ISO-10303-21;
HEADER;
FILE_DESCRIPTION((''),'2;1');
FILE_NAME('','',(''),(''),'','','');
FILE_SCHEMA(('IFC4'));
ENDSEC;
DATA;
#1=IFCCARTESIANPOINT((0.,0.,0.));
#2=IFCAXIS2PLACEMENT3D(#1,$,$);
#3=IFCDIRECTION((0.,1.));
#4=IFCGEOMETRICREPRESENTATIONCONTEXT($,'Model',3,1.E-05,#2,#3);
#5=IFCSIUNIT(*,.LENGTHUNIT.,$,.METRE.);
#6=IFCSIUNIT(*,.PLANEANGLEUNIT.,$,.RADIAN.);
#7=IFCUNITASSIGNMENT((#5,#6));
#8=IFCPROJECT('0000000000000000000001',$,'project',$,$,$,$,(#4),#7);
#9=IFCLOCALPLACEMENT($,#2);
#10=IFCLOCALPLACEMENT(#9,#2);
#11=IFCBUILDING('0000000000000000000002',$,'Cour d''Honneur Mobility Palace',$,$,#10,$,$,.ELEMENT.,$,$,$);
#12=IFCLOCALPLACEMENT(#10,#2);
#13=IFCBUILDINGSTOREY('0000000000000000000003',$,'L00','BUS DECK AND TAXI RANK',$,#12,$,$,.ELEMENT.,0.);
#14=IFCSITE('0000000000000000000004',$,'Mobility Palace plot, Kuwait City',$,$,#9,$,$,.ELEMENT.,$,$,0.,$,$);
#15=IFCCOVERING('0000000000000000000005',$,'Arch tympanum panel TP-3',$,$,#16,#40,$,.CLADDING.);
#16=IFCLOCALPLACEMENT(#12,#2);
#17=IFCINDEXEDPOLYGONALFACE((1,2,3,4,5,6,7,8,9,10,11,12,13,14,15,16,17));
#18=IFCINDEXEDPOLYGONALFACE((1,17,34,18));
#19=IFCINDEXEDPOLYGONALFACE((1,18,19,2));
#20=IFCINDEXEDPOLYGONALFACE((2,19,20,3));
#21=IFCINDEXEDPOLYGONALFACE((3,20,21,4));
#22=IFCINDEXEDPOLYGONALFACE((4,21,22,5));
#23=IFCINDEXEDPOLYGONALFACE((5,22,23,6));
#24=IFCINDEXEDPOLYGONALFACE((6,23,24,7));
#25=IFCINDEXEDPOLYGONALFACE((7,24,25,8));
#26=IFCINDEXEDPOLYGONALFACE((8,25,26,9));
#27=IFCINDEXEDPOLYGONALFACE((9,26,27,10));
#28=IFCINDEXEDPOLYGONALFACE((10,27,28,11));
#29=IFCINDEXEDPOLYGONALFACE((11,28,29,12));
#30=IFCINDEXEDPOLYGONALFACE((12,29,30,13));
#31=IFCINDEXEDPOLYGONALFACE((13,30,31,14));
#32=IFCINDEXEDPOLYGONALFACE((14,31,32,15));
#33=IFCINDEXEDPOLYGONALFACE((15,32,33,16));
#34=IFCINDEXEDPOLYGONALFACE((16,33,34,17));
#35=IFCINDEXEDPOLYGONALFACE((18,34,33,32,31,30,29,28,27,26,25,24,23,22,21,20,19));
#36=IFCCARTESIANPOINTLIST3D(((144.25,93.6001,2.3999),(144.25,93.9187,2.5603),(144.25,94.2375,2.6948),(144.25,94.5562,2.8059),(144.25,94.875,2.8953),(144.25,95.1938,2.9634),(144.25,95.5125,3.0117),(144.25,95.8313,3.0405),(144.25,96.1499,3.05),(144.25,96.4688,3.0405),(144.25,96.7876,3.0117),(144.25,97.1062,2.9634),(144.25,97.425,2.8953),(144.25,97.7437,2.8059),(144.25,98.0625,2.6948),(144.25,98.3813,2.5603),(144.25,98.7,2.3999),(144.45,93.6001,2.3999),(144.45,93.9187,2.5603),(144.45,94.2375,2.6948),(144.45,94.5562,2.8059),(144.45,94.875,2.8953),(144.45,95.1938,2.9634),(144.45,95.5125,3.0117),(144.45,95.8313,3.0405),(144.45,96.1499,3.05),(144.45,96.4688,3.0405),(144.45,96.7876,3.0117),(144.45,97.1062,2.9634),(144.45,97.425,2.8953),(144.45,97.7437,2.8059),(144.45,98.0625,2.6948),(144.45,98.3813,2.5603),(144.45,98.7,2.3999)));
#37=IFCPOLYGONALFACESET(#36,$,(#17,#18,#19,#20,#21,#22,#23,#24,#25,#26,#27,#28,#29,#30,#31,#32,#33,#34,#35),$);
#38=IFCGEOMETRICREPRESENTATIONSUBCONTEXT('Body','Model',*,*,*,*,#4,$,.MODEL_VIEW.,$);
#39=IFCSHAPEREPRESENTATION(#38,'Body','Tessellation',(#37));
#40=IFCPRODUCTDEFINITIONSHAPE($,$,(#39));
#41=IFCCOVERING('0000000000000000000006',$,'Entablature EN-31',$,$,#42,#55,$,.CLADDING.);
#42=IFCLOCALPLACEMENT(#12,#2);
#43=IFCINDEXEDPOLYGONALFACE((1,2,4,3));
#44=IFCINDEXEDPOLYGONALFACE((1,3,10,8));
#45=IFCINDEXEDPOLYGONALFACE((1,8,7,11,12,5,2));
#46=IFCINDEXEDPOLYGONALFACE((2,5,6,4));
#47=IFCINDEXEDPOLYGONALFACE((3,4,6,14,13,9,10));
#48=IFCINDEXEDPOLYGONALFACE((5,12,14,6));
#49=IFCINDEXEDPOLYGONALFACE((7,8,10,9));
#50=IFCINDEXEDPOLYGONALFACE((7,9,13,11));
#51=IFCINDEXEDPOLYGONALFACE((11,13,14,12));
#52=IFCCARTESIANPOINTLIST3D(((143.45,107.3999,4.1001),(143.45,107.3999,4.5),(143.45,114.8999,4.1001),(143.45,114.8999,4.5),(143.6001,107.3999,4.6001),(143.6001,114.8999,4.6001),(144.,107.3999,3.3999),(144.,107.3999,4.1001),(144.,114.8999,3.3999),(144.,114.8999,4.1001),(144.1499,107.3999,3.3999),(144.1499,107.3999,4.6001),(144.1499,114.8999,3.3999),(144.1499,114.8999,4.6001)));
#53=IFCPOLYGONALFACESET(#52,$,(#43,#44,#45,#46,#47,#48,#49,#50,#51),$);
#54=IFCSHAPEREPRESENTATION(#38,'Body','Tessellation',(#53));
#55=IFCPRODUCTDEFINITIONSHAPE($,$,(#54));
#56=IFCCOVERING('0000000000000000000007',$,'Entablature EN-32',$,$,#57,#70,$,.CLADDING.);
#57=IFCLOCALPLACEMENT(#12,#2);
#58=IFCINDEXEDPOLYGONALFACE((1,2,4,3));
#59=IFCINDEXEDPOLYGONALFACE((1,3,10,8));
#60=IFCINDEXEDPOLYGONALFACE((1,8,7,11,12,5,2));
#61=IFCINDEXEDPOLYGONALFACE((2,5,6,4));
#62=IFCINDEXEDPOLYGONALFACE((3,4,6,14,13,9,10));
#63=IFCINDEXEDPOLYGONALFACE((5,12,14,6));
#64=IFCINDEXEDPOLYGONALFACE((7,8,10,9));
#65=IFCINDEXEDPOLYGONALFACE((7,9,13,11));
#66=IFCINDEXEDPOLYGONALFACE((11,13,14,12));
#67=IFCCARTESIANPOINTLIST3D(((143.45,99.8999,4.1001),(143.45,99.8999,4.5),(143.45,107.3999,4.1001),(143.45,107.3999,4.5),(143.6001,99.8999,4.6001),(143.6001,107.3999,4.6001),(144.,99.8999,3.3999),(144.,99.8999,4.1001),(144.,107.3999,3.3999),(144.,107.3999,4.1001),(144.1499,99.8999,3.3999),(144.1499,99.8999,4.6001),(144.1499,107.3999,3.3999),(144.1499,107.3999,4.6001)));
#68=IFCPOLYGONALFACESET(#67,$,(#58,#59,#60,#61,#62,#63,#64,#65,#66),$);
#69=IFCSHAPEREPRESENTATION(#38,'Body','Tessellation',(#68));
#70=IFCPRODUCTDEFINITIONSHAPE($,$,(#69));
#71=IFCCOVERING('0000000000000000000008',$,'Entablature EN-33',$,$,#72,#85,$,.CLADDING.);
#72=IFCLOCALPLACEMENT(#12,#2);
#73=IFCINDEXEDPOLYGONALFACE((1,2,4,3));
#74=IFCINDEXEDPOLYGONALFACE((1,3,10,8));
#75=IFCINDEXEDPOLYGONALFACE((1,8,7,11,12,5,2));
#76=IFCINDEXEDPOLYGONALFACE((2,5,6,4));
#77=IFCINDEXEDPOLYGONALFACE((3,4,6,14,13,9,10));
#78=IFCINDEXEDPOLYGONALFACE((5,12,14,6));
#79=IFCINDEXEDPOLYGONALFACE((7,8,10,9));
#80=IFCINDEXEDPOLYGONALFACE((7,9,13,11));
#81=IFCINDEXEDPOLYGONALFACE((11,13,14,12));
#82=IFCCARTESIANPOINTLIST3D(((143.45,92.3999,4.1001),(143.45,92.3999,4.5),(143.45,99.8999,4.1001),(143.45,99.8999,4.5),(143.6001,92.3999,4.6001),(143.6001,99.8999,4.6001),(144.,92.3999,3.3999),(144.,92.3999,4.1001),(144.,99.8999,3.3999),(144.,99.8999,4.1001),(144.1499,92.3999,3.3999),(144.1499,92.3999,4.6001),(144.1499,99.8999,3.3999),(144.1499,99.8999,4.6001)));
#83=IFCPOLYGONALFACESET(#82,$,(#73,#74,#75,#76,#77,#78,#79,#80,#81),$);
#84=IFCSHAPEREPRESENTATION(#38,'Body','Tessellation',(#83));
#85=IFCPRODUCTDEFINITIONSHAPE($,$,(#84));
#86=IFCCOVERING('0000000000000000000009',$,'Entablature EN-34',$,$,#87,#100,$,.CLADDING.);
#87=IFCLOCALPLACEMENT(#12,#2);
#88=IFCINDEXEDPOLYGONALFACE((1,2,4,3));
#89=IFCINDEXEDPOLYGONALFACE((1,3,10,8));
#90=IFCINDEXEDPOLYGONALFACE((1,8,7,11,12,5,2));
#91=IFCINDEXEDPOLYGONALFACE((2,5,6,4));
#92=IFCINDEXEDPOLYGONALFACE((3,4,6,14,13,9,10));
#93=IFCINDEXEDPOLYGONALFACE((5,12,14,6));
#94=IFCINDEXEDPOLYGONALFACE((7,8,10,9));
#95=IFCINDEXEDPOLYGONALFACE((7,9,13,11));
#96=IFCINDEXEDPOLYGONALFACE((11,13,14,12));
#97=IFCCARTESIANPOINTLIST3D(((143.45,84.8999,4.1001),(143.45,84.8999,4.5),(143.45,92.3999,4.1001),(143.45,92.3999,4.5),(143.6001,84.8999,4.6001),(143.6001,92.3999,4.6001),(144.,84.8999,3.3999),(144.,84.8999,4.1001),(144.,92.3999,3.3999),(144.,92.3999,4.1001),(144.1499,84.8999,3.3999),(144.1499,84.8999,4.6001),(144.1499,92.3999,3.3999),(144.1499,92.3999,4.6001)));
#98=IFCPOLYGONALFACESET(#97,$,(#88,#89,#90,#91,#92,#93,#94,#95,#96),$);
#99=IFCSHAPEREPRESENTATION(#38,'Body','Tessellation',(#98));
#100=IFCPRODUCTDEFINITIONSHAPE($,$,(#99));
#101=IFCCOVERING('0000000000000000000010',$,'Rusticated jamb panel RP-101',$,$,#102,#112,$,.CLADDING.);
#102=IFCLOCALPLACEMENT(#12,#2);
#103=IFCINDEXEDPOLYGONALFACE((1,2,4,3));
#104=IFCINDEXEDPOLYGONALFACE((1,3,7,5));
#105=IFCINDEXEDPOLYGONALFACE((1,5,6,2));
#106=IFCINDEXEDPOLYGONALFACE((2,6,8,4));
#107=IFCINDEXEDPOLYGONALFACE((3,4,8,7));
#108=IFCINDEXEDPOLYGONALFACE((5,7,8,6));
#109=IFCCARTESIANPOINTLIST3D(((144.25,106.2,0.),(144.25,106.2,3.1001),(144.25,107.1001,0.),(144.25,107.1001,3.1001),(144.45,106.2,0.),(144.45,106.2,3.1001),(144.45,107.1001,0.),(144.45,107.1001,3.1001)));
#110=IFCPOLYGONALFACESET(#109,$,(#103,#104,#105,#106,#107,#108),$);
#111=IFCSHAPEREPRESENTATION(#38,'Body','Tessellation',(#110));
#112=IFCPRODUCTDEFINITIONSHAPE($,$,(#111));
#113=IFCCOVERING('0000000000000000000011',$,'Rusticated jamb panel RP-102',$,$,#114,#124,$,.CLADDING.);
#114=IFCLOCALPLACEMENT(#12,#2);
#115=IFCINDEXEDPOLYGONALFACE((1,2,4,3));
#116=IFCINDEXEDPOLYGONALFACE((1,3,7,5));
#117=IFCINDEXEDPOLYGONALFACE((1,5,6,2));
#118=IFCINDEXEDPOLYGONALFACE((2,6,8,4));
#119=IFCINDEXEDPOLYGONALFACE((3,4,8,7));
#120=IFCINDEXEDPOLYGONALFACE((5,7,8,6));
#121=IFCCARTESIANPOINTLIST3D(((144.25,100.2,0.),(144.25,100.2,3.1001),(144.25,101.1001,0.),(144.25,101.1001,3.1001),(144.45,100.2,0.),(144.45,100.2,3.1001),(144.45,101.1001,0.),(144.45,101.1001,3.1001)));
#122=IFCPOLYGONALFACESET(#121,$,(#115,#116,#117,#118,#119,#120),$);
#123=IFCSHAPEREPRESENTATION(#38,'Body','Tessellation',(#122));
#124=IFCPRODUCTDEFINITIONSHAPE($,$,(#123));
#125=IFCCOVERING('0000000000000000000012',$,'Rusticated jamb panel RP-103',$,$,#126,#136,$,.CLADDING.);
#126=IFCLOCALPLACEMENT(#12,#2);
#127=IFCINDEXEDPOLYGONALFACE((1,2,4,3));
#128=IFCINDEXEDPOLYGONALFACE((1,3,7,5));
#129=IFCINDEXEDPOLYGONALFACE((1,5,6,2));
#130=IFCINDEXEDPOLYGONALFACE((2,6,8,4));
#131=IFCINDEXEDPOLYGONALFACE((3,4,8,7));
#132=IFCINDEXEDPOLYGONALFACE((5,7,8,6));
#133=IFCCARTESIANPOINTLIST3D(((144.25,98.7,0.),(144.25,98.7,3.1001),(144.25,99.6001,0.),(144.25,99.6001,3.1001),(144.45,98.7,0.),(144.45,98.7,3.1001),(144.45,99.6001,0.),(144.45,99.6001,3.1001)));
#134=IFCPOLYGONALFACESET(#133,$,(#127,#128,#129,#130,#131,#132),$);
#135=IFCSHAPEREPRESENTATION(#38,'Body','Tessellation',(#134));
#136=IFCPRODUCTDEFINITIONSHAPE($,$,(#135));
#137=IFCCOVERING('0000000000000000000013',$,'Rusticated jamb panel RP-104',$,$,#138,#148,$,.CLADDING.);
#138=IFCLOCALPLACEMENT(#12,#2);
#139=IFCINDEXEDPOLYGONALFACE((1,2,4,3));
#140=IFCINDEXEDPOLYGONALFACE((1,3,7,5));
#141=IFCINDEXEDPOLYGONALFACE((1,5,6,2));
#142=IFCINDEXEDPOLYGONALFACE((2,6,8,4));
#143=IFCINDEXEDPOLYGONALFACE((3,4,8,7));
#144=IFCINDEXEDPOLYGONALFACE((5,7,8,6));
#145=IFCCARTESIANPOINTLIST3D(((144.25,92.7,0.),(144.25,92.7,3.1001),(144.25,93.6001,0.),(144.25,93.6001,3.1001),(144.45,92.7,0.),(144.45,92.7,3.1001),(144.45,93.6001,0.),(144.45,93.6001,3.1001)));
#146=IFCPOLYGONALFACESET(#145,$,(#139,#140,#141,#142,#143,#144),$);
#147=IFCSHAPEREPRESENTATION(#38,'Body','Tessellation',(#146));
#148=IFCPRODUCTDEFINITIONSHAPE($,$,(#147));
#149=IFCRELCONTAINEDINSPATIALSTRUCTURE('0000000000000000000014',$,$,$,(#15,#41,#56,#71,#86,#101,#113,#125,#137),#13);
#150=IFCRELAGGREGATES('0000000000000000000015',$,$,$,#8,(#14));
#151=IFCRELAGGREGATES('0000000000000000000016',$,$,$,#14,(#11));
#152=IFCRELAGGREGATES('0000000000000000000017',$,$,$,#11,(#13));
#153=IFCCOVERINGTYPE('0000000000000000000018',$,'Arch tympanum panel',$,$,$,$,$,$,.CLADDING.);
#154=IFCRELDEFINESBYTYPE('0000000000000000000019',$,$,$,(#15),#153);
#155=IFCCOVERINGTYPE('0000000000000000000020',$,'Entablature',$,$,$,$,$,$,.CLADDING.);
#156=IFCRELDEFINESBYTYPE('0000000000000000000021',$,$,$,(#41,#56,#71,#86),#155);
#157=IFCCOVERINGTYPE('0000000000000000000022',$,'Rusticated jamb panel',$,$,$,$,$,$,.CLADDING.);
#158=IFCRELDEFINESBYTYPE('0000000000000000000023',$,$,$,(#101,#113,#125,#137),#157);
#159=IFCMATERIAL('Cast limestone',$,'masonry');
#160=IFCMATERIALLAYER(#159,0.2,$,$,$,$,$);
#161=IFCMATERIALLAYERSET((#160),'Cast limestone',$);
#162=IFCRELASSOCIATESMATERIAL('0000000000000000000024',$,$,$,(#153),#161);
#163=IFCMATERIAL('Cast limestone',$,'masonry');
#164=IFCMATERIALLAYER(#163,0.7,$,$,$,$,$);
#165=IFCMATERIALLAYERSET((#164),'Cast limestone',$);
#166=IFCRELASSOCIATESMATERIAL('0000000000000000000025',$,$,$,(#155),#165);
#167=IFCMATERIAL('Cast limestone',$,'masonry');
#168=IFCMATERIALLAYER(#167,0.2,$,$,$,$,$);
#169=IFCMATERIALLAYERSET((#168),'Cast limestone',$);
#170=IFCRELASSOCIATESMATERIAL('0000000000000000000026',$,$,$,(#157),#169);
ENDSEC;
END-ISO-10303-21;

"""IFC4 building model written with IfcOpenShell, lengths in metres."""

from ifc_helpers import new_model, si_unit, direction, frame, origin, place, context, subcontext, project, spatial, polyline, outline, extrude, material, layer, layer_set, type_object, element, save


model = new_model("IFC4")

# Units and contexts
model_context = context("Model", 3, precision=1e-05, world=origin(), true_north=direction((0.0, 1.0)))
body_context = subcontext(model_context, "Body", "Model", "MODEL_VIEW")
ifc_project = project(units=[si_unit("LENGTHUNIT", "METRE"), si_unit("PLANEANGLEUNIT", "RADIAN")], contexts=[model_context])

# Site, building, storey
site_placement = place(None, origin())
site = spatial("IfcSite", under=ifc_project, at=site_placement, Name="Mobility Palace plot, Kuwait City", CompositionType="ELEMENT", RefElevation=0.0)
building_placement = place(site_placement, origin())
building = spatial("IfcBuilding", under=site, at=building_placement, Name="Cour d'Honneur Mobility Palace", CompositionType="ELEMENT")
storey_placement = place(building_placement, origin())
storey = spatial("IfcBuildingStorey", under=building, at=storey_placement, Name="L00", Description="BUS DECK AND TAXI RANK", CompositionType="ELEMENT", Elevation=0.0)

# Coverings
ifc_material_1 = material(Name="Cast limestone", Category="masonry")
ifc_layer_1 = layer(ifc_material_1, 0.2)
ifc_layer_set_1 = layer_set([ifc_layer_1], Name="Cast limestone")
covering_type_1 = type_object("IfcCoveringType", Name="Arch tympanum panel", PredefinedType="CLADDING", material=ifc_layer_set_1)
for number, where, z_axis, x_axis, name in (
    (1, (144.25, 98.7, 2.3999), (-1.0, 0.0, 0.0), (0.0, -1.0, 0.0), "Arch tympanum panel TP-3"),
):
    element("IfcCovering", number, at=place(storey_placement, frame(where, z_axis=z_axis, x_axis=x_axis)), inside=storey, type_object=covering_type_1, Name=name, PredefinedType="CLADDING", context=body_context, shape_type="SweptSolid", body=[
        extrude(outline(polyline([(0.0, 0.0), (5.0999, 0.0), (5.0999, 0.0), (4.7812, 0.1604), (4.4624, 0.2949), (4.1438, 0.406), (3.825, 0.4954), (3.5061, 0.5635), (3.1875, 0.6118), (2.8687, 0.6406), (2.55, 0.6501), (2.2312, 0.6406), (1.9124, 0.6118), (1.5938, 0.5635), (1.2749, 0.4954), (0.9563, 0.406), (0.6375, 0.2949), (0.3186, 0.1604), (0.0, 0.0), (0.0, 0.0)])), origin(), (0.0, 0.0, -1.0), 0.2),
    ])
ifc_material_2 = material(Name="Cast limestone", Category="masonry")
ifc_layer_2 = layer(ifc_material_2, 0.7)
ifc_layer_set_2 = layer_set([ifc_layer_2], Name="Cast limestone")
covering_type_2 = type_object("IfcCoveringType", Name="Entablature", PredefinedType="CLADDING", material=ifc_layer_set_2)
for number, where, z_axis, x_axis, name in (
    (2, (144.1499, 114.8999, 3.3999), (0.0, 1.0, 0.0), (-1.0, 0.0, 0.0), "Entablature EN-31"),
    (3, (144.1499, 107.3999, 3.3999), (0.0, 1.0, 0.0), (-1.0, 0.0, 0.0), "Entablature EN-32"),
    (4, (144.1499, 99.8999, 3.3999), (0.0, 1.0, 0.0), (-1.0, 0.0, 0.0), "Entablature EN-33"),
    (5, (144.1499, 92.3999, 3.3999), (0.0, 1.0, 0.0), (-1.0, 0.0, 0.0), "Entablature EN-34"),
):
    element("IfcCovering", number, at=place(storey_placement, frame(where, z_axis=z_axis, x_axis=x_axis)), inside=storey, type_object=covering_type_2, Name=name, PredefinedType="CLADDING", context=body_context, shape_type="SweptSolid", body=[
        extrude(outline(polyline([(0.0, 0.0), (0.1499, 0.0), (0.1499, 0.7002), (0.7, 0.7002), (0.7, 1.1001), (0.5498, 1.2002), (0.0, 1.2002), (0.0, 0.0)])), origin(), (0.0, 0.0, -1.0), 7.5),
    ])
ifc_material_3 = material(Name="Cast limestone", Category="masonry")
ifc_layer_3 = layer(ifc_material_3, 0.2)
ifc_layer_set_3 = layer_set([ifc_layer_3], Name="Cast limestone")
covering_type_3 = type_object("IfcCoveringType", Name="Rusticated jamb panel", PredefinedType="CLADDING", material=ifc_layer_set_3)
for number, where, z_axis, x_axis, name in (
    (6, (144.25, 107.1001, 0.0), (-1.0, 0.0, 0.0), (0.0, -1.0, 0.0), "Rusticated jamb panel RP-101"),
    (7, (144.25, 101.1001, 0.0), (-1.0, 0.0, 0.0), (0.0, -1.0, 0.0), "Rusticated jamb panel RP-102"),
    (8, (144.25, 99.6001, 0.0), (-1.0, 0.0, 0.0), (0.0, -1.0, 0.0), "Rusticated jamb panel RP-103"),
    (9, (144.25, 93.6001, 0.0), (-1.0, 0.0, 0.0), (0.0, -1.0, 0.0), "Rusticated jamb panel RP-104"),
):
    element("IfcCovering", number, at=place(storey_placement, frame(where, z_axis=z_axis, x_axis=x_axis)), inside=storey, type_object=covering_type_3, Name=name, PredefinedType="CLADDING", context=body_context, shape_type="SweptSolid", body=[
        extrude(outline(polyline([(0.0, 0.0), (0.9001, 0.0), (0.9001, 3.1001), (0.0, 3.1001), (0.0, 0.0)])), origin(), (0.0, 0.0, -1.0), 0.2),
    ])

save(model, "model.ifc")
